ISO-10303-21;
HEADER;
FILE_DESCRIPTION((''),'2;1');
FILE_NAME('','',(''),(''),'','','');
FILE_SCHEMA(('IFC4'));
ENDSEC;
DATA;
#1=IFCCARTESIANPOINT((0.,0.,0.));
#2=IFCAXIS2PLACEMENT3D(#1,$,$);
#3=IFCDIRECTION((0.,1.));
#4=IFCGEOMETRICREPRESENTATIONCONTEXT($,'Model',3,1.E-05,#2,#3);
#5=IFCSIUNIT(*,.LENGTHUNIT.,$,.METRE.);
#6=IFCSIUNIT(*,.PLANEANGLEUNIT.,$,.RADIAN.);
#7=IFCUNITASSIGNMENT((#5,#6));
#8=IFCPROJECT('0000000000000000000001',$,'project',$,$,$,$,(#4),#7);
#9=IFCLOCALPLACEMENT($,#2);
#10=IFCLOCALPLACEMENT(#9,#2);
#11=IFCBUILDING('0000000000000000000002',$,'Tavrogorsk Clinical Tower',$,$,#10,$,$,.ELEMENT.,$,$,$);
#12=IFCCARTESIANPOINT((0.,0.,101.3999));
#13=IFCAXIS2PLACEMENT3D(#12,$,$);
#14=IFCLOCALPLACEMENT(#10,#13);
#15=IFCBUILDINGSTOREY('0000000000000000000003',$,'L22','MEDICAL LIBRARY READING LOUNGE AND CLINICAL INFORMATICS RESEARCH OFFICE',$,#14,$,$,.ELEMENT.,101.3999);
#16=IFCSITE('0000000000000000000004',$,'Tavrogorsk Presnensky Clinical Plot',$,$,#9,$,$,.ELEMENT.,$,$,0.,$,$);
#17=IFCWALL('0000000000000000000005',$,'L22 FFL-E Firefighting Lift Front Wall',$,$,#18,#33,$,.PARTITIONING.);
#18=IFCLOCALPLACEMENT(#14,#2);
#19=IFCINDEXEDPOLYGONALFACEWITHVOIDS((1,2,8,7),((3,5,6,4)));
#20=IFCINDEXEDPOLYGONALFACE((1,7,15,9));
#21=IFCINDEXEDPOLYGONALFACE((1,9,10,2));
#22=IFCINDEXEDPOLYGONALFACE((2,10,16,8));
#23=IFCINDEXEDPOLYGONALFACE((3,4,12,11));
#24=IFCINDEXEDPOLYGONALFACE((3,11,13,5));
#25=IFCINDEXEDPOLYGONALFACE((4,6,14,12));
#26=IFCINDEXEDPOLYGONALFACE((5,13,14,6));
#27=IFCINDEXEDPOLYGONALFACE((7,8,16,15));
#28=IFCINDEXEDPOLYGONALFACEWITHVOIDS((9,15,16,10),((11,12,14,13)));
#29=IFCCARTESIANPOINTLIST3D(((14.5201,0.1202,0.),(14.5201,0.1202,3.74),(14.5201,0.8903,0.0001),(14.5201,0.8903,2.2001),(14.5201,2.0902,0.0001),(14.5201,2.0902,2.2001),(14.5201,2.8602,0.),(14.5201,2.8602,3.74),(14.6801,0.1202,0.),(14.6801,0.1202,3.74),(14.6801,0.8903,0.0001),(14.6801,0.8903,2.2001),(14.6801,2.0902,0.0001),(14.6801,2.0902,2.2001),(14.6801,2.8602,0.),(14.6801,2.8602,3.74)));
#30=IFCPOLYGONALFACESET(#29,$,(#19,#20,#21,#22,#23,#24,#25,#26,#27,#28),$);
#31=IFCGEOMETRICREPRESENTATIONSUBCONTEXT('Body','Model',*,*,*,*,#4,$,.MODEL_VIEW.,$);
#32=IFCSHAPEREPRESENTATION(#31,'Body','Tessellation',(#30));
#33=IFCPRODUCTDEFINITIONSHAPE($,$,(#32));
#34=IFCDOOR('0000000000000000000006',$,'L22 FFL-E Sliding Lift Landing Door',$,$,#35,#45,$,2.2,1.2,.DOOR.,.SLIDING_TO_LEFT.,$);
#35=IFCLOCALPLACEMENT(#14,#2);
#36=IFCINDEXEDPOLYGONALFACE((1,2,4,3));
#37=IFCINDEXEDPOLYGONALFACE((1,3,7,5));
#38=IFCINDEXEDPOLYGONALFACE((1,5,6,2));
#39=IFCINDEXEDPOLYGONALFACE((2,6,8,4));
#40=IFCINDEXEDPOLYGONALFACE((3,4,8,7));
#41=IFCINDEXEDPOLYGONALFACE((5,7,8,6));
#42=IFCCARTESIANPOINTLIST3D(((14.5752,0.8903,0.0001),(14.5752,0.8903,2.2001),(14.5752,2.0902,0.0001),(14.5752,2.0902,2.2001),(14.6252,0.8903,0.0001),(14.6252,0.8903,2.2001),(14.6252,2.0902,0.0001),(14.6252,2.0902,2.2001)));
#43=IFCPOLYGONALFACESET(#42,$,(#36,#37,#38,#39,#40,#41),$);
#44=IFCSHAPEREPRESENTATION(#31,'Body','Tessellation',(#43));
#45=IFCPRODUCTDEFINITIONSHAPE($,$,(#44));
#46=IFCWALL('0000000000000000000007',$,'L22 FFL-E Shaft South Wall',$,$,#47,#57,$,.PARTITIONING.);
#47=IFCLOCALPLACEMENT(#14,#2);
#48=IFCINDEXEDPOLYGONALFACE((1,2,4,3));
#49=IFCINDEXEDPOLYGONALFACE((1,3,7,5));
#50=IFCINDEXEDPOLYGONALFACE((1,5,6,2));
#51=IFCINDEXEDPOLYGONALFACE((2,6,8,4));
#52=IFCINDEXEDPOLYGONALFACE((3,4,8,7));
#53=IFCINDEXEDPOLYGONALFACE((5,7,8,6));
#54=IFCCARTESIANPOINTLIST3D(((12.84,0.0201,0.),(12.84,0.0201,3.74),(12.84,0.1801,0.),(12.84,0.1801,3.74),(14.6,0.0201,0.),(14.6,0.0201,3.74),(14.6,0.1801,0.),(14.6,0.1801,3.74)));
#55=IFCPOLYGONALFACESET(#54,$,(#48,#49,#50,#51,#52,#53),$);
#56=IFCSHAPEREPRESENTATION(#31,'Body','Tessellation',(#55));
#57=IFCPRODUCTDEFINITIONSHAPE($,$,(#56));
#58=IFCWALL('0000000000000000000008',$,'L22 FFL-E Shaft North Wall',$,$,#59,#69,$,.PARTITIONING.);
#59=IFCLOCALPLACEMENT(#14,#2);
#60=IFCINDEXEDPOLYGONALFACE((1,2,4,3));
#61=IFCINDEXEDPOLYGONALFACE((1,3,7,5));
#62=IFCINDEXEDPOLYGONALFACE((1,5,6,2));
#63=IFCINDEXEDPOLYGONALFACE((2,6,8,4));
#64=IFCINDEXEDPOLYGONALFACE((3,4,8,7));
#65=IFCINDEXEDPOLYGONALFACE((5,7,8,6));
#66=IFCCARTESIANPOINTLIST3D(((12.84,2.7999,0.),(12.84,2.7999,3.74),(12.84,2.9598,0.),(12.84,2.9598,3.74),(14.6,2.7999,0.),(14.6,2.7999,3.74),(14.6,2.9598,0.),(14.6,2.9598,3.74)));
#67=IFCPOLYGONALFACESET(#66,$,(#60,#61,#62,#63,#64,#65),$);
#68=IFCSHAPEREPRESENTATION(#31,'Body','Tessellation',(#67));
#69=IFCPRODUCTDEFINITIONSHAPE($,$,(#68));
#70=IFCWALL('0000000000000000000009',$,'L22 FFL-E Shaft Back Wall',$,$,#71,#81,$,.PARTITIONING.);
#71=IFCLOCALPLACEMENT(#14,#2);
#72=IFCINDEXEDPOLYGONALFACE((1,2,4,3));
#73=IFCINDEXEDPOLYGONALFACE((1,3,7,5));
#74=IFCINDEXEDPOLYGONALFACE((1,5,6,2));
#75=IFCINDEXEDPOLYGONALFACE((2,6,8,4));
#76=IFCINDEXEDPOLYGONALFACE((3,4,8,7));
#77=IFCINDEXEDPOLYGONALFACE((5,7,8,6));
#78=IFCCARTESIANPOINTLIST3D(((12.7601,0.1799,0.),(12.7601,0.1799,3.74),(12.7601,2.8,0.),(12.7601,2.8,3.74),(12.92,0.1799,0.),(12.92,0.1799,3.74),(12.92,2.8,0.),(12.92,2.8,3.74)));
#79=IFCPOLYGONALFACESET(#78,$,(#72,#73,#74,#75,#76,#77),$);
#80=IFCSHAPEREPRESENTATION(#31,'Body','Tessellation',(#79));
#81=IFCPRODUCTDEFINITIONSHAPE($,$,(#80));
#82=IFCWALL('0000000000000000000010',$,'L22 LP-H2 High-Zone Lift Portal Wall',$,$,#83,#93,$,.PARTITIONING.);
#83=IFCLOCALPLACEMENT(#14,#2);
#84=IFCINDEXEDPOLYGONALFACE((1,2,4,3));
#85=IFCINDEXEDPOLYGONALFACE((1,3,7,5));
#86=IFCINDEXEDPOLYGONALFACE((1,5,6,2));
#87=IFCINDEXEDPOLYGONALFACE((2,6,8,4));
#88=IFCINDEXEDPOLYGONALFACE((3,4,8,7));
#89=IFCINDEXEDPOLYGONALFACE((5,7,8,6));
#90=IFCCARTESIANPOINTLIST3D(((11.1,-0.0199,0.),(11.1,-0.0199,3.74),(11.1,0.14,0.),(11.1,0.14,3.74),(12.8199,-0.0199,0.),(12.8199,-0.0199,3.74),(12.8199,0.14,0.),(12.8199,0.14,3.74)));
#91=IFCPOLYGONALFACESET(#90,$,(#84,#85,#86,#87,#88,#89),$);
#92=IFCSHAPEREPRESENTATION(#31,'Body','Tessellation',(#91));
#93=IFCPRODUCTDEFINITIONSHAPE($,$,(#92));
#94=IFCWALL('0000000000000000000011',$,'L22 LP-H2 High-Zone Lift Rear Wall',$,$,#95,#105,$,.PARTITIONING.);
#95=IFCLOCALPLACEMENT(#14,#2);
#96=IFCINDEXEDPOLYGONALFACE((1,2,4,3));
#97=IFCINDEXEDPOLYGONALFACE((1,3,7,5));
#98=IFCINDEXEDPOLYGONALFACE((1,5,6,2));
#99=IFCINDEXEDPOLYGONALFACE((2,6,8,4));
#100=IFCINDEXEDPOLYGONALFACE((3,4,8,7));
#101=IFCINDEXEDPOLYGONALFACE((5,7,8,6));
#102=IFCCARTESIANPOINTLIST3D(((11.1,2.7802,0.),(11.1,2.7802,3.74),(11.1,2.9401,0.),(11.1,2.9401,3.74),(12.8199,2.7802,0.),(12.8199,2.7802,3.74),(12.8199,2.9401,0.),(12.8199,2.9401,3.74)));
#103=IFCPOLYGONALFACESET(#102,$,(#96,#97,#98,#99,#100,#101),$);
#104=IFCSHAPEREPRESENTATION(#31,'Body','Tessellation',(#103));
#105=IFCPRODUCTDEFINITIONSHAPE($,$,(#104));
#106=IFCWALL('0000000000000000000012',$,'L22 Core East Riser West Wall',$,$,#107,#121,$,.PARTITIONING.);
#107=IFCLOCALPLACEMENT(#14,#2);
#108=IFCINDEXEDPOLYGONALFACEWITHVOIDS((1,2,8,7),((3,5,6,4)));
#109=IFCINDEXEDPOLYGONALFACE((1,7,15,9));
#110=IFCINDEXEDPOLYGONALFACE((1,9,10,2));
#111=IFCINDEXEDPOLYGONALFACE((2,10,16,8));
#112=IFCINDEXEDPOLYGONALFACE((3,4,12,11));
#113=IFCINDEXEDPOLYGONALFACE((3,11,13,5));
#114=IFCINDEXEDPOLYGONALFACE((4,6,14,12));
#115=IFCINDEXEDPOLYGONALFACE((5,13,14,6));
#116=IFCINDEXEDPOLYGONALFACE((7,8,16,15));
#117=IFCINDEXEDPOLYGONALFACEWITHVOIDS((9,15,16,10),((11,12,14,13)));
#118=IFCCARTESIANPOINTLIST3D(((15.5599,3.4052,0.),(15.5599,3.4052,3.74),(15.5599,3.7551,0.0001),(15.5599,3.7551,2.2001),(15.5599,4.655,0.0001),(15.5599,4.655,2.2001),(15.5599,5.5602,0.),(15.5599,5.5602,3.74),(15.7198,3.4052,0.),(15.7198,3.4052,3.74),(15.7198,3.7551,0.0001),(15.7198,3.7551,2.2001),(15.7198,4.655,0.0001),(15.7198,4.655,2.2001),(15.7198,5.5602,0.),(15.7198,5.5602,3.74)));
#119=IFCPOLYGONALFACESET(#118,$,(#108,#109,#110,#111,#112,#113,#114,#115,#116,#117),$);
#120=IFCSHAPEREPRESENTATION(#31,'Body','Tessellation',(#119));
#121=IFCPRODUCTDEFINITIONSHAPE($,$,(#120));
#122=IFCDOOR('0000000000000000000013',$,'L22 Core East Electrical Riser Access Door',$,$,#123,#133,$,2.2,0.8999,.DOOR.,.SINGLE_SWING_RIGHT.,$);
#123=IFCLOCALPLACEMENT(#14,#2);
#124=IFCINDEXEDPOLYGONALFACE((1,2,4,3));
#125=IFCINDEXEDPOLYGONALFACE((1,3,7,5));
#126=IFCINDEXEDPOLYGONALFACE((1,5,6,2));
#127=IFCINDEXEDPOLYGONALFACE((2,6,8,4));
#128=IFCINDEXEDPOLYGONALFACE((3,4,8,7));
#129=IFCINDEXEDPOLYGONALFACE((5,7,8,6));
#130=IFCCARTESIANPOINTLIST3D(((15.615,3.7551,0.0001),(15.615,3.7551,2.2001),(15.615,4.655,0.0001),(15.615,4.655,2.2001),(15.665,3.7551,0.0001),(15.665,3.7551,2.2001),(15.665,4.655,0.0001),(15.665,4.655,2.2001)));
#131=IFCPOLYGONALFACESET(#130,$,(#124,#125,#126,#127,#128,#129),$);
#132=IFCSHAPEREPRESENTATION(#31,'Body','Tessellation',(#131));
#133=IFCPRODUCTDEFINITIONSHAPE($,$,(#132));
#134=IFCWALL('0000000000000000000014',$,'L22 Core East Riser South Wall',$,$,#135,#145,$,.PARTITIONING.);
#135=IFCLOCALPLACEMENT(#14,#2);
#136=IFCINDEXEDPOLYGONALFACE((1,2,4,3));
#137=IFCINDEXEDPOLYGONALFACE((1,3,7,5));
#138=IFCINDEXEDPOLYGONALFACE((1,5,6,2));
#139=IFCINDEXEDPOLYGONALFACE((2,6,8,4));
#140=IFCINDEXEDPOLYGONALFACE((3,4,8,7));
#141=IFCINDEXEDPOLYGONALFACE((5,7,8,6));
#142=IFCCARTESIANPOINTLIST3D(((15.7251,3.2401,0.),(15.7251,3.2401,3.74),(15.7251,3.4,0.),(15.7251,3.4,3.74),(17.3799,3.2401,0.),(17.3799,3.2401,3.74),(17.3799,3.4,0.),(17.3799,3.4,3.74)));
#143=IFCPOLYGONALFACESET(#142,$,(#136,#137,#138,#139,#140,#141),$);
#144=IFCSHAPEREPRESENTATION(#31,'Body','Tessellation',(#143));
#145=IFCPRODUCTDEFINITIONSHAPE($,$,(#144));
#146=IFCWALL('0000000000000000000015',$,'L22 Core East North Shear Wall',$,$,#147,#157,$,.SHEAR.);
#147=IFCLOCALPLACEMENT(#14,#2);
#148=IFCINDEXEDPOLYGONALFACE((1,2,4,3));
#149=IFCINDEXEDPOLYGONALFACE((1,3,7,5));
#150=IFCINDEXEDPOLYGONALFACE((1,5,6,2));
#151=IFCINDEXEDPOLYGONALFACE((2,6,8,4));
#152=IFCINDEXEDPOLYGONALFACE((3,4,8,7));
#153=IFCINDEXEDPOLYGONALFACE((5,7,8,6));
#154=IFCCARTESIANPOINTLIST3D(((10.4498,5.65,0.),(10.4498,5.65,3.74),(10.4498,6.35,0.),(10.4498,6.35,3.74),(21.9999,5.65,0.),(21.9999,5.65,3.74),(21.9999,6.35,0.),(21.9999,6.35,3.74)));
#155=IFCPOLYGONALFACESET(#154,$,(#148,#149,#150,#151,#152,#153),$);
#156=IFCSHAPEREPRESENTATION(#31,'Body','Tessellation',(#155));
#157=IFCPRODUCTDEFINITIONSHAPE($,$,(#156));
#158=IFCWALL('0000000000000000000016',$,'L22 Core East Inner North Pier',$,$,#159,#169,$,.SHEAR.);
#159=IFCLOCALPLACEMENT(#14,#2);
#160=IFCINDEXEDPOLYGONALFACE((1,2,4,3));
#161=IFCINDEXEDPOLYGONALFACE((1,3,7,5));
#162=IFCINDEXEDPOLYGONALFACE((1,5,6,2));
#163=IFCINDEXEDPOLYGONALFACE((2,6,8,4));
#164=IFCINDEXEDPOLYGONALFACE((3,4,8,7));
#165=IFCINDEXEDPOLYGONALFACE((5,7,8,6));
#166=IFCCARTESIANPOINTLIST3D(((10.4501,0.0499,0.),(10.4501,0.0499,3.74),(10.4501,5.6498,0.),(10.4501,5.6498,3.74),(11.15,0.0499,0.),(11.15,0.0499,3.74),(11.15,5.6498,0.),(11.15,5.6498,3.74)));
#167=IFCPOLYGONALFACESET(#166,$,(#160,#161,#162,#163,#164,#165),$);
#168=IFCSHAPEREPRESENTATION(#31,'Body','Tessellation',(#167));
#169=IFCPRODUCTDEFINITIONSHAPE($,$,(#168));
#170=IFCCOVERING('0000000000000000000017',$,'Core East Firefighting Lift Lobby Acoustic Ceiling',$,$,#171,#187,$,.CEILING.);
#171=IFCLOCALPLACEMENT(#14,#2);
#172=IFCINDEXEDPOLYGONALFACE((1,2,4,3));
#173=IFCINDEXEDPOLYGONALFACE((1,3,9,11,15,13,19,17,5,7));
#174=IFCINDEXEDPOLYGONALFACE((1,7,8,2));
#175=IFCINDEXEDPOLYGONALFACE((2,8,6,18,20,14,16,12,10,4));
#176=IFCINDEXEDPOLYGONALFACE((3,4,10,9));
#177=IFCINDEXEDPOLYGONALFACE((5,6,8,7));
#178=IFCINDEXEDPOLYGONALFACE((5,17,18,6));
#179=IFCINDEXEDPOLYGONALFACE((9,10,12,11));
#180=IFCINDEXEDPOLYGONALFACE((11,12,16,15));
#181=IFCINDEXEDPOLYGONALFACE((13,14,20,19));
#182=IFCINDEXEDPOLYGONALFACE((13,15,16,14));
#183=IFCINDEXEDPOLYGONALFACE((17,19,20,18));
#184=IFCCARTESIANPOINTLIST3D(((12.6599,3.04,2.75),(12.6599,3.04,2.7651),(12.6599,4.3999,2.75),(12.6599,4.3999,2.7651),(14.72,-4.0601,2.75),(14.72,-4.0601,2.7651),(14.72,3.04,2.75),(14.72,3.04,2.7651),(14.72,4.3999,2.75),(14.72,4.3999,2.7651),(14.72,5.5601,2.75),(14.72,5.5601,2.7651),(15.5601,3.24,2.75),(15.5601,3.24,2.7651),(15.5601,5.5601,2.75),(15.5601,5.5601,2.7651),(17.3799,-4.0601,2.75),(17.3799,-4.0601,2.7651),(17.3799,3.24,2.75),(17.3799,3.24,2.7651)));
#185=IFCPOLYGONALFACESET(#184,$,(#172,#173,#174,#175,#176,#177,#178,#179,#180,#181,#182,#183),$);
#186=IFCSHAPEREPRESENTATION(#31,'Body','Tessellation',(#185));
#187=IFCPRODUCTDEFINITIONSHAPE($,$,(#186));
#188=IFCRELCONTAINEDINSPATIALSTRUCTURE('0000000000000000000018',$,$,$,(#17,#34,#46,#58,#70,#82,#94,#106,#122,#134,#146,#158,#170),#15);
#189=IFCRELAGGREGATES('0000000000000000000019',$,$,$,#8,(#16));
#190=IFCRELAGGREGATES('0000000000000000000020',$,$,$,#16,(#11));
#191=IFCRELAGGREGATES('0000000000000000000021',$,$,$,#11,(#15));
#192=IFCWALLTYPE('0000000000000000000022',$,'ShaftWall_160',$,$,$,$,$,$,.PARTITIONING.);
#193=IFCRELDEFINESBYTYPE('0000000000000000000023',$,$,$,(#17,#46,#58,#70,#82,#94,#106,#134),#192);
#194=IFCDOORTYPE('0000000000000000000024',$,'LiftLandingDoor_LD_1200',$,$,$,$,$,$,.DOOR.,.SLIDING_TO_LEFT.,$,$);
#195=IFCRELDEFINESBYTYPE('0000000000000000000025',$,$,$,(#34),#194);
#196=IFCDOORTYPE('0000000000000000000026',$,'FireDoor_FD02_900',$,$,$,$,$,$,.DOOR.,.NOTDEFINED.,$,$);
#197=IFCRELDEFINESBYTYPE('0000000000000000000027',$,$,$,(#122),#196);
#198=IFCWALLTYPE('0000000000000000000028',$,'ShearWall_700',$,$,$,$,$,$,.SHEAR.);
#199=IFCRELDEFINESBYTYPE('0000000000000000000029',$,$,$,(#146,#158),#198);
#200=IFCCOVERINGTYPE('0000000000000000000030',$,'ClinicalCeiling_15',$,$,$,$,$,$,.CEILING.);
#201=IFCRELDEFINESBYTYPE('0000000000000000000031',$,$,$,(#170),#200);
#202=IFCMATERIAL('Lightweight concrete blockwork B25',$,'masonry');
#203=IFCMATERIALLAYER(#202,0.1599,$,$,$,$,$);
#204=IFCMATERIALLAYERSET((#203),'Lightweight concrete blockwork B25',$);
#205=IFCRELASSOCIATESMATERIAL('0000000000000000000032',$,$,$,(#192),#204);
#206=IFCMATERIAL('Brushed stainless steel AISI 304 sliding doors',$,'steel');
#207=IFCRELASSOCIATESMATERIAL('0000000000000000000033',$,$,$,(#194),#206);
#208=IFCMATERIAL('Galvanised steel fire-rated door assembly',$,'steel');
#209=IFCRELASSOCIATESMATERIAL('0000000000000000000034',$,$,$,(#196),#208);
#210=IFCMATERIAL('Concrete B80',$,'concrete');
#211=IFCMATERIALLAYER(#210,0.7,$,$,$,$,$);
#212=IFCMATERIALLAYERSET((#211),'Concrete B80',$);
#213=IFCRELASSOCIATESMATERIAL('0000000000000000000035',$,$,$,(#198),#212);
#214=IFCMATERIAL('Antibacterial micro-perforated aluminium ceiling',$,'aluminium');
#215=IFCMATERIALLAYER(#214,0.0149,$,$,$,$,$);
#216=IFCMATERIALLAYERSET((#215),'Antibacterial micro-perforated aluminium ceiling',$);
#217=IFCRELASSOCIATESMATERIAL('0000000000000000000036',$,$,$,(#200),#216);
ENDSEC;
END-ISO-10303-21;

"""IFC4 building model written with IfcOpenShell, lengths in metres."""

from ifc_helpers import new_model, si_unit, direction, frame, frame_2d, origin, place, context, subcontext, project, spatial, polyline, rectangle, outline, extrude, material, layer, layer_set, type_object, element, fill, save


model = new_model("IFC4")

# Units and contexts
model_context = context("Model", 3, precision=1e-05, world=origin(), true_north=direction((0.0, 1.0)))
body_context = subcontext(model_context, "Body", "Model", "MODEL_VIEW")
ifc_project = project(units=[si_unit("LENGTHUNIT", "METRE"), si_unit("PLANEANGLEUNIT", "RADIAN")], contexts=[model_context])

# Site, building, storey
site_placement = place(None, origin())
site = spatial("IfcSite", under=ifc_project, at=site_placement, Name="Tavrogorsk Presnensky Clinical Plot", CompositionType="ELEMENT", RefElevation=0.0)
building_placement = place(site_placement, origin())
building = spatial("IfcBuilding", under=site, at=building_placement, Name="Tavrogorsk Clinical Tower", CompositionType="ELEMENT")
storey_placement = place(building_placement, frame((0.0, 0.0, 101.3999)))
storey = spatial("IfcBuildingStorey", under=building, at=storey_placement, Name="L22", Description="MEDICAL LIBRARY READING LOUNGE AND CLINICAL INFORMATICS RESEARCH OFFICE", CompositionType="ELEMENT", Elevation=101.3999)

# Wall, opening, door
ifc_material_1 = material(Name="Lightweight concrete blockwork B25", Category="masonry")
ifc_layer_1 = layer(ifc_material_1, 0.1599)
ifc_layer_set_1 = layer_set([ifc_layer_1], Name="Lightweight concrete blockwork B25")
wall_type_1 = type_object("IfcWallType", Name="ShaftWall_160", PredefinedType="PARTITIONING", material=ifc_layer_set_1)
wall_1_placement = place(storey_placement, frame((14.6001, 0.1201, 0.0), z_axis=(0.0, 0.0, 1.0), x_axis=(0.0, 1.0, 0.0)))
wall_1 = element("IfcWall", 1, at=wall_1_placement, inside=storey, type_object=wall_type_1, Name="L22 FFL-E Firefighting Lift Front Wall", PredefinedType="PARTITIONING", context=body_context, shape_type="SweptSolid", body=[
    extrude(rectangle(XDim=2.74, YDim=0.1599, at=frame_2d((1.3701, 0.0))), origin(), (0.0, 0.0, 1.0), 3.74),
])
opening_1_placement = place(wall_1_placement, frame((0.77, 0.0, 0.0)))
opening_1 = element("IfcOpeningElement", 2, at=opening_1_placement, cuts=wall_1, PredefinedType="OPENING", context=body_context, shape_type="SweptSolid", body=[
    extrude(rectangle(XDim=1.2, YDim=2.2, at=frame_2d((0.6001, 1.1001))), frame((0.0, 0.0898, 0.0), z_axis=(0.0, -1.0, 0.0), x_axis=(1.0, 0.0, 0.0)), (0.0, 0.0, 1.0), 0.1799),
])
ifc_material_2 = material(Name="Brushed stainless steel AISI 304 sliding doors", Category="steel")
door_type_1 = type_object("IfcDoorType", Name="LiftLandingDoor_LD_1200", OperationType="SLIDING_TO_LEFT", PredefinedType="DOOR", material=ifc_material_2)
door_1_placement = place(opening_1_placement, origin())
door_1 = element("IfcDoor", 3, at=door_1_placement, inside=storey, type_object=door_type_1, Name="L22 FFL-E Sliding Lift Landing Door", OperationType="SLIDING_TO_LEFT", OverallHeight=2.2, OverallWidth=1.2, PredefinedType="DOOR", context=body_context, shape_type="SweptSolid", body=[
    extrude(rectangle(XDim=1.2, YDim=2.2, at=frame_2d((0.6001, 1.1001))), frame((0.0, 0.0249, 0.0), z_axis=(0.0, -1.0, 0.0), x_axis=(1.0, 0.0, 0.0)), (0.0, 0.0, 1.0), 0.05),
])
fill(opening_1, door_1)

# Walls
for number, where, z_axis, x_axis, name in (
    (4, (12.8401, 0.1001, 0.0), (0.0, 0.0, 1.0), (1.0, 0.0, 0.0), "L22 FFL-E Shaft South Wall"),
    (5, (12.8401, 2.8799, 0.0), (0.0, 0.0, 1.0), (1.0, 0.0, 0.0), "L22 FFL-E Shaft North Wall"),
):
    element("IfcWall", number, at=place(storey_placement, frame(where, z_axis=z_axis, x_axis=x_axis)), inside=storey, type_object=wall_type_1, Name=name, PredefinedType="PARTITIONING", context=body_context, shape_type="SweptSolid", body=[
        extrude(rectangle(XDim=1.76, YDim=0.1599, at=frame_2d((0.8799, 0.0))), origin(), (0.0, 0.0, 1.0), 3.74),
    ])
wall_2_placement = place(storey_placement, frame((12.8401, 0.1799, 0.0), z_axis=(0.0, 0.0, 1.0), x_axis=(0.0, 1.0, 0.0)))
element("IfcWall", 6, at=wall_2_placement, inside=storey, type_object=wall_type_1, Name="L22 FFL-E Shaft Back Wall", PredefinedType="PARTITIONING", context=body_context, shape_type="SweptSolid", body=[
    extrude(rectangle(XDim=2.6201, YDim=0.1599, at=frame_2d((1.3101, 0.0))), origin(), (0.0, 0.0, 1.0), 3.74),
])
for number, where, z_axis, x_axis, name in (
    (7, (11.1001, 0.0601, 0.0), (0.0, 0.0, 1.0), (1.0, 0.0, 0.0), "L22 LP-H2 High-Zone Lift Portal Wall"),
    (8, (11.1001, 2.8601, 0.0), (0.0, 0.0, 1.0), (1.0, 0.0, 0.0), "L22 LP-H2 High-Zone Lift Rear Wall"),
):
    element("IfcWall", number, at=place(storey_placement, frame(where, z_axis=z_axis, x_axis=x_axis)), inside=storey, type_object=wall_type_1, Name=name, PredefinedType="PARTITIONING", context=body_context, shape_type="SweptSolid", body=[
        extrude(rectangle(XDim=1.72, YDim=0.1599, at=frame_2d((0.8599, 0.0))), origin(), (0.0, 0.0, 1.0), 3.74),
    ])

# Wall, opening, door
wall_3_placement = place(storey_placement, frame((15.6399, 3.405, 0.0), z_axis=(0.0, 0.0, 1.0), x_axis=(0.0, 1.0, 0.0)))
wall_3 = element("IfcWall", 9, at=wall_3_placement, inside=storey, type_object=wall_type_1, Name="L22 Core East Riser West Wall", PredefinedType="PARTITIONING", context=body_context, shape_type="SweptSolid", body=[
    extrude(rectangle(XDim=2.155, YDim=0.1599, at=frame_2d((1.0776, 0.0))), origin(), (0.0, 0.0, 1.0), 3.74),
])
opening_2_placement = place(wall_3_placement, frame((0.3501, 0.0, 0.0)))
opening_2 = element("IfcOpeningElement", 10, at=opening_2_placement, cuts=wall_3, PredefinedType="OPENING", context=body_context, shape_type="SweptSolid", body=[
    extrude(rectangle(XDim=0.8999, YDim=2.2, at=frame_2d((0.45, 1.1001))), frame((0.0, 0.0898, 0.0), z_axis=(0.0, -1.0, 0.0), x_axis=(1.0, 0.0, 0.0)), (0.0, 0.0, 1.0), 0.1799),
])
ifc_material_3 = material(Name="Galvanised steel fire-rated door assembly", Category="steel")
door_type_2 = type_object("IfcDoorType", Name="FireDoor_FD02_900", OperationType="NOTDEFINED", PredefinedType="DOOR", material=ifc_material_3)
door_2_placement = place(opening_2_placement, origin())
door_2 = element("IfcDoor", 11, at=door_2_placement, inside=storey, type_object=door_type_2, Name="L22 Core East Electrical Riser Access Door", OperationType="SINGLE_SWING_RIGHT", OverallHeight=2.2, OverallWidth=0.8999, PredefinedType="DOOR", context=body_context, shape_type="SweptSolid", body=[
    extrude(rectangle(XDim=0.8999, YDim=2.2, at=frame_2d((0.45, 1.1001))), frame((0.0, 0.0249, 0.0), z_axis=(0.0, -1.0, 0.0), x_axis=(1.0, 0.0, 0.0)), (0.0, 0.0, 1.0), 0.05),
])
fill(opening_2, door_2)

# Walls
wall_4_placement = place(storey_placement, frame((15.7251, 3.3201, 0.0), z_axis=(0.0, 0.0, 1.0), x_axis=(1.0, 0.0, 0.0)))
element("IfcWall", 12, at=wall_4_placement, inside=storey, type_object=wall_type_1, Name="L22 Core East Riser South Wall", PredefinedType="PARTITIONING", context=body_context, shape_type="SweptSolid", body=[
    extrude(rectangle(XDim=1.6548, YDim=0.1599, at=frame_2d((0.8274, 0.0))), origin(), (0.0, 0.0, 1.0), 3.74),
])
ifc_material_4 = material(Name="Concrete B80", Category="concrete")
ifc_layer_2 = layer(ifc_material_4, 0.7)
ifc_layer_set_2 = layer_set([ifc_layer_2], Name="Concrete B80")
wall_type_2 = type_object("IfcWallType", Name="ShearWall_700", PredefinedType="SHEAR", material=ifc_layer_set_2)
wall_5_placement = place(storey_placement, frame((10.45, 6.0, 0.0), z_axis=(0.0, 0.0, 1.0), x_axis=(1.0, 0.0, 0.0)))
element("IfcWall", 13, at=wall_5_placement, inside=storey, type_object=wall_type_2, Name="L22 Core East North Shear Wall", PredefinedType="SHEAR", context=body_context, shape_type="SweptSolid", body=[
    extrude(rectangle(XDim=11.55, YDim=0.7, at=frame_2d((5.7749, 0.0))), origin(), (0.0, 0.0, 1.0), 3.74),
])
wall_6_placement = place(storey_placement, frame((10.8, 0.05, 0.0), z_axis=(0.0, 0.0, 1.0), x_axis=(0.0, 1.0, 0.0)))
element("IfcWall", 14, at=wall_6_placement, inside=storey, type_object=wall_type_2, Name="L22 Core East Inner North Pier", PredefinedType="SHEAR", context=body_context, shape_type="SweptSolid", body=[
    extrude(rectangle(XDim=5.5999, YDim=0.7, at=frame_2d((2.7998, 0.0))), origin(), (0.0, 0.0, 1.0), 3.74),
])

# Covering
ifc_material_5 = material(Name="Antibacterial micro-perforated aluminium ceiling", Category="aluminium")
ifc_layer_3 = layer(ifc_material_5, 0.0149)
ifc_layer_set_3 = layer_set([ifc_layer_3], Name="Antibacterial micro-perforated aluminium ceiling")
covering_type_1 = type_object("IfcCoveringType", Name="ClinicalCeiling_15", PredefinedType="CEILING", material=ifc_layer_set_3)
covering_1_placement = place(storey_placement, frame((0.0, 0.0, 2.75)))
element("IfcCovering", 15, at=covering_1_placement, inside=storey, type_object=covering_type_1, Name="Core East Firefighting Lift Lobby Acoustic Ceiling", PredefinedType="CEILING", context=body_context, shape_type="SweptSolid", body=[
    extrude(outline(polyline([(14.72, 3.04), (12.6599, 3.04), (12.6599, 4.3999), (14.72, 4.3999), (14.72, 5.5601), (15.5601, 5.5601), (15.5601, 3.24), (17.3799, 3.24), (17.3799, -4.0601), (14.72, -4.0601), (14.72, 3.04)])), origin(), (0.0, 0.0, 1.0), 0.0151),
])

save(model, "model.ifc")
